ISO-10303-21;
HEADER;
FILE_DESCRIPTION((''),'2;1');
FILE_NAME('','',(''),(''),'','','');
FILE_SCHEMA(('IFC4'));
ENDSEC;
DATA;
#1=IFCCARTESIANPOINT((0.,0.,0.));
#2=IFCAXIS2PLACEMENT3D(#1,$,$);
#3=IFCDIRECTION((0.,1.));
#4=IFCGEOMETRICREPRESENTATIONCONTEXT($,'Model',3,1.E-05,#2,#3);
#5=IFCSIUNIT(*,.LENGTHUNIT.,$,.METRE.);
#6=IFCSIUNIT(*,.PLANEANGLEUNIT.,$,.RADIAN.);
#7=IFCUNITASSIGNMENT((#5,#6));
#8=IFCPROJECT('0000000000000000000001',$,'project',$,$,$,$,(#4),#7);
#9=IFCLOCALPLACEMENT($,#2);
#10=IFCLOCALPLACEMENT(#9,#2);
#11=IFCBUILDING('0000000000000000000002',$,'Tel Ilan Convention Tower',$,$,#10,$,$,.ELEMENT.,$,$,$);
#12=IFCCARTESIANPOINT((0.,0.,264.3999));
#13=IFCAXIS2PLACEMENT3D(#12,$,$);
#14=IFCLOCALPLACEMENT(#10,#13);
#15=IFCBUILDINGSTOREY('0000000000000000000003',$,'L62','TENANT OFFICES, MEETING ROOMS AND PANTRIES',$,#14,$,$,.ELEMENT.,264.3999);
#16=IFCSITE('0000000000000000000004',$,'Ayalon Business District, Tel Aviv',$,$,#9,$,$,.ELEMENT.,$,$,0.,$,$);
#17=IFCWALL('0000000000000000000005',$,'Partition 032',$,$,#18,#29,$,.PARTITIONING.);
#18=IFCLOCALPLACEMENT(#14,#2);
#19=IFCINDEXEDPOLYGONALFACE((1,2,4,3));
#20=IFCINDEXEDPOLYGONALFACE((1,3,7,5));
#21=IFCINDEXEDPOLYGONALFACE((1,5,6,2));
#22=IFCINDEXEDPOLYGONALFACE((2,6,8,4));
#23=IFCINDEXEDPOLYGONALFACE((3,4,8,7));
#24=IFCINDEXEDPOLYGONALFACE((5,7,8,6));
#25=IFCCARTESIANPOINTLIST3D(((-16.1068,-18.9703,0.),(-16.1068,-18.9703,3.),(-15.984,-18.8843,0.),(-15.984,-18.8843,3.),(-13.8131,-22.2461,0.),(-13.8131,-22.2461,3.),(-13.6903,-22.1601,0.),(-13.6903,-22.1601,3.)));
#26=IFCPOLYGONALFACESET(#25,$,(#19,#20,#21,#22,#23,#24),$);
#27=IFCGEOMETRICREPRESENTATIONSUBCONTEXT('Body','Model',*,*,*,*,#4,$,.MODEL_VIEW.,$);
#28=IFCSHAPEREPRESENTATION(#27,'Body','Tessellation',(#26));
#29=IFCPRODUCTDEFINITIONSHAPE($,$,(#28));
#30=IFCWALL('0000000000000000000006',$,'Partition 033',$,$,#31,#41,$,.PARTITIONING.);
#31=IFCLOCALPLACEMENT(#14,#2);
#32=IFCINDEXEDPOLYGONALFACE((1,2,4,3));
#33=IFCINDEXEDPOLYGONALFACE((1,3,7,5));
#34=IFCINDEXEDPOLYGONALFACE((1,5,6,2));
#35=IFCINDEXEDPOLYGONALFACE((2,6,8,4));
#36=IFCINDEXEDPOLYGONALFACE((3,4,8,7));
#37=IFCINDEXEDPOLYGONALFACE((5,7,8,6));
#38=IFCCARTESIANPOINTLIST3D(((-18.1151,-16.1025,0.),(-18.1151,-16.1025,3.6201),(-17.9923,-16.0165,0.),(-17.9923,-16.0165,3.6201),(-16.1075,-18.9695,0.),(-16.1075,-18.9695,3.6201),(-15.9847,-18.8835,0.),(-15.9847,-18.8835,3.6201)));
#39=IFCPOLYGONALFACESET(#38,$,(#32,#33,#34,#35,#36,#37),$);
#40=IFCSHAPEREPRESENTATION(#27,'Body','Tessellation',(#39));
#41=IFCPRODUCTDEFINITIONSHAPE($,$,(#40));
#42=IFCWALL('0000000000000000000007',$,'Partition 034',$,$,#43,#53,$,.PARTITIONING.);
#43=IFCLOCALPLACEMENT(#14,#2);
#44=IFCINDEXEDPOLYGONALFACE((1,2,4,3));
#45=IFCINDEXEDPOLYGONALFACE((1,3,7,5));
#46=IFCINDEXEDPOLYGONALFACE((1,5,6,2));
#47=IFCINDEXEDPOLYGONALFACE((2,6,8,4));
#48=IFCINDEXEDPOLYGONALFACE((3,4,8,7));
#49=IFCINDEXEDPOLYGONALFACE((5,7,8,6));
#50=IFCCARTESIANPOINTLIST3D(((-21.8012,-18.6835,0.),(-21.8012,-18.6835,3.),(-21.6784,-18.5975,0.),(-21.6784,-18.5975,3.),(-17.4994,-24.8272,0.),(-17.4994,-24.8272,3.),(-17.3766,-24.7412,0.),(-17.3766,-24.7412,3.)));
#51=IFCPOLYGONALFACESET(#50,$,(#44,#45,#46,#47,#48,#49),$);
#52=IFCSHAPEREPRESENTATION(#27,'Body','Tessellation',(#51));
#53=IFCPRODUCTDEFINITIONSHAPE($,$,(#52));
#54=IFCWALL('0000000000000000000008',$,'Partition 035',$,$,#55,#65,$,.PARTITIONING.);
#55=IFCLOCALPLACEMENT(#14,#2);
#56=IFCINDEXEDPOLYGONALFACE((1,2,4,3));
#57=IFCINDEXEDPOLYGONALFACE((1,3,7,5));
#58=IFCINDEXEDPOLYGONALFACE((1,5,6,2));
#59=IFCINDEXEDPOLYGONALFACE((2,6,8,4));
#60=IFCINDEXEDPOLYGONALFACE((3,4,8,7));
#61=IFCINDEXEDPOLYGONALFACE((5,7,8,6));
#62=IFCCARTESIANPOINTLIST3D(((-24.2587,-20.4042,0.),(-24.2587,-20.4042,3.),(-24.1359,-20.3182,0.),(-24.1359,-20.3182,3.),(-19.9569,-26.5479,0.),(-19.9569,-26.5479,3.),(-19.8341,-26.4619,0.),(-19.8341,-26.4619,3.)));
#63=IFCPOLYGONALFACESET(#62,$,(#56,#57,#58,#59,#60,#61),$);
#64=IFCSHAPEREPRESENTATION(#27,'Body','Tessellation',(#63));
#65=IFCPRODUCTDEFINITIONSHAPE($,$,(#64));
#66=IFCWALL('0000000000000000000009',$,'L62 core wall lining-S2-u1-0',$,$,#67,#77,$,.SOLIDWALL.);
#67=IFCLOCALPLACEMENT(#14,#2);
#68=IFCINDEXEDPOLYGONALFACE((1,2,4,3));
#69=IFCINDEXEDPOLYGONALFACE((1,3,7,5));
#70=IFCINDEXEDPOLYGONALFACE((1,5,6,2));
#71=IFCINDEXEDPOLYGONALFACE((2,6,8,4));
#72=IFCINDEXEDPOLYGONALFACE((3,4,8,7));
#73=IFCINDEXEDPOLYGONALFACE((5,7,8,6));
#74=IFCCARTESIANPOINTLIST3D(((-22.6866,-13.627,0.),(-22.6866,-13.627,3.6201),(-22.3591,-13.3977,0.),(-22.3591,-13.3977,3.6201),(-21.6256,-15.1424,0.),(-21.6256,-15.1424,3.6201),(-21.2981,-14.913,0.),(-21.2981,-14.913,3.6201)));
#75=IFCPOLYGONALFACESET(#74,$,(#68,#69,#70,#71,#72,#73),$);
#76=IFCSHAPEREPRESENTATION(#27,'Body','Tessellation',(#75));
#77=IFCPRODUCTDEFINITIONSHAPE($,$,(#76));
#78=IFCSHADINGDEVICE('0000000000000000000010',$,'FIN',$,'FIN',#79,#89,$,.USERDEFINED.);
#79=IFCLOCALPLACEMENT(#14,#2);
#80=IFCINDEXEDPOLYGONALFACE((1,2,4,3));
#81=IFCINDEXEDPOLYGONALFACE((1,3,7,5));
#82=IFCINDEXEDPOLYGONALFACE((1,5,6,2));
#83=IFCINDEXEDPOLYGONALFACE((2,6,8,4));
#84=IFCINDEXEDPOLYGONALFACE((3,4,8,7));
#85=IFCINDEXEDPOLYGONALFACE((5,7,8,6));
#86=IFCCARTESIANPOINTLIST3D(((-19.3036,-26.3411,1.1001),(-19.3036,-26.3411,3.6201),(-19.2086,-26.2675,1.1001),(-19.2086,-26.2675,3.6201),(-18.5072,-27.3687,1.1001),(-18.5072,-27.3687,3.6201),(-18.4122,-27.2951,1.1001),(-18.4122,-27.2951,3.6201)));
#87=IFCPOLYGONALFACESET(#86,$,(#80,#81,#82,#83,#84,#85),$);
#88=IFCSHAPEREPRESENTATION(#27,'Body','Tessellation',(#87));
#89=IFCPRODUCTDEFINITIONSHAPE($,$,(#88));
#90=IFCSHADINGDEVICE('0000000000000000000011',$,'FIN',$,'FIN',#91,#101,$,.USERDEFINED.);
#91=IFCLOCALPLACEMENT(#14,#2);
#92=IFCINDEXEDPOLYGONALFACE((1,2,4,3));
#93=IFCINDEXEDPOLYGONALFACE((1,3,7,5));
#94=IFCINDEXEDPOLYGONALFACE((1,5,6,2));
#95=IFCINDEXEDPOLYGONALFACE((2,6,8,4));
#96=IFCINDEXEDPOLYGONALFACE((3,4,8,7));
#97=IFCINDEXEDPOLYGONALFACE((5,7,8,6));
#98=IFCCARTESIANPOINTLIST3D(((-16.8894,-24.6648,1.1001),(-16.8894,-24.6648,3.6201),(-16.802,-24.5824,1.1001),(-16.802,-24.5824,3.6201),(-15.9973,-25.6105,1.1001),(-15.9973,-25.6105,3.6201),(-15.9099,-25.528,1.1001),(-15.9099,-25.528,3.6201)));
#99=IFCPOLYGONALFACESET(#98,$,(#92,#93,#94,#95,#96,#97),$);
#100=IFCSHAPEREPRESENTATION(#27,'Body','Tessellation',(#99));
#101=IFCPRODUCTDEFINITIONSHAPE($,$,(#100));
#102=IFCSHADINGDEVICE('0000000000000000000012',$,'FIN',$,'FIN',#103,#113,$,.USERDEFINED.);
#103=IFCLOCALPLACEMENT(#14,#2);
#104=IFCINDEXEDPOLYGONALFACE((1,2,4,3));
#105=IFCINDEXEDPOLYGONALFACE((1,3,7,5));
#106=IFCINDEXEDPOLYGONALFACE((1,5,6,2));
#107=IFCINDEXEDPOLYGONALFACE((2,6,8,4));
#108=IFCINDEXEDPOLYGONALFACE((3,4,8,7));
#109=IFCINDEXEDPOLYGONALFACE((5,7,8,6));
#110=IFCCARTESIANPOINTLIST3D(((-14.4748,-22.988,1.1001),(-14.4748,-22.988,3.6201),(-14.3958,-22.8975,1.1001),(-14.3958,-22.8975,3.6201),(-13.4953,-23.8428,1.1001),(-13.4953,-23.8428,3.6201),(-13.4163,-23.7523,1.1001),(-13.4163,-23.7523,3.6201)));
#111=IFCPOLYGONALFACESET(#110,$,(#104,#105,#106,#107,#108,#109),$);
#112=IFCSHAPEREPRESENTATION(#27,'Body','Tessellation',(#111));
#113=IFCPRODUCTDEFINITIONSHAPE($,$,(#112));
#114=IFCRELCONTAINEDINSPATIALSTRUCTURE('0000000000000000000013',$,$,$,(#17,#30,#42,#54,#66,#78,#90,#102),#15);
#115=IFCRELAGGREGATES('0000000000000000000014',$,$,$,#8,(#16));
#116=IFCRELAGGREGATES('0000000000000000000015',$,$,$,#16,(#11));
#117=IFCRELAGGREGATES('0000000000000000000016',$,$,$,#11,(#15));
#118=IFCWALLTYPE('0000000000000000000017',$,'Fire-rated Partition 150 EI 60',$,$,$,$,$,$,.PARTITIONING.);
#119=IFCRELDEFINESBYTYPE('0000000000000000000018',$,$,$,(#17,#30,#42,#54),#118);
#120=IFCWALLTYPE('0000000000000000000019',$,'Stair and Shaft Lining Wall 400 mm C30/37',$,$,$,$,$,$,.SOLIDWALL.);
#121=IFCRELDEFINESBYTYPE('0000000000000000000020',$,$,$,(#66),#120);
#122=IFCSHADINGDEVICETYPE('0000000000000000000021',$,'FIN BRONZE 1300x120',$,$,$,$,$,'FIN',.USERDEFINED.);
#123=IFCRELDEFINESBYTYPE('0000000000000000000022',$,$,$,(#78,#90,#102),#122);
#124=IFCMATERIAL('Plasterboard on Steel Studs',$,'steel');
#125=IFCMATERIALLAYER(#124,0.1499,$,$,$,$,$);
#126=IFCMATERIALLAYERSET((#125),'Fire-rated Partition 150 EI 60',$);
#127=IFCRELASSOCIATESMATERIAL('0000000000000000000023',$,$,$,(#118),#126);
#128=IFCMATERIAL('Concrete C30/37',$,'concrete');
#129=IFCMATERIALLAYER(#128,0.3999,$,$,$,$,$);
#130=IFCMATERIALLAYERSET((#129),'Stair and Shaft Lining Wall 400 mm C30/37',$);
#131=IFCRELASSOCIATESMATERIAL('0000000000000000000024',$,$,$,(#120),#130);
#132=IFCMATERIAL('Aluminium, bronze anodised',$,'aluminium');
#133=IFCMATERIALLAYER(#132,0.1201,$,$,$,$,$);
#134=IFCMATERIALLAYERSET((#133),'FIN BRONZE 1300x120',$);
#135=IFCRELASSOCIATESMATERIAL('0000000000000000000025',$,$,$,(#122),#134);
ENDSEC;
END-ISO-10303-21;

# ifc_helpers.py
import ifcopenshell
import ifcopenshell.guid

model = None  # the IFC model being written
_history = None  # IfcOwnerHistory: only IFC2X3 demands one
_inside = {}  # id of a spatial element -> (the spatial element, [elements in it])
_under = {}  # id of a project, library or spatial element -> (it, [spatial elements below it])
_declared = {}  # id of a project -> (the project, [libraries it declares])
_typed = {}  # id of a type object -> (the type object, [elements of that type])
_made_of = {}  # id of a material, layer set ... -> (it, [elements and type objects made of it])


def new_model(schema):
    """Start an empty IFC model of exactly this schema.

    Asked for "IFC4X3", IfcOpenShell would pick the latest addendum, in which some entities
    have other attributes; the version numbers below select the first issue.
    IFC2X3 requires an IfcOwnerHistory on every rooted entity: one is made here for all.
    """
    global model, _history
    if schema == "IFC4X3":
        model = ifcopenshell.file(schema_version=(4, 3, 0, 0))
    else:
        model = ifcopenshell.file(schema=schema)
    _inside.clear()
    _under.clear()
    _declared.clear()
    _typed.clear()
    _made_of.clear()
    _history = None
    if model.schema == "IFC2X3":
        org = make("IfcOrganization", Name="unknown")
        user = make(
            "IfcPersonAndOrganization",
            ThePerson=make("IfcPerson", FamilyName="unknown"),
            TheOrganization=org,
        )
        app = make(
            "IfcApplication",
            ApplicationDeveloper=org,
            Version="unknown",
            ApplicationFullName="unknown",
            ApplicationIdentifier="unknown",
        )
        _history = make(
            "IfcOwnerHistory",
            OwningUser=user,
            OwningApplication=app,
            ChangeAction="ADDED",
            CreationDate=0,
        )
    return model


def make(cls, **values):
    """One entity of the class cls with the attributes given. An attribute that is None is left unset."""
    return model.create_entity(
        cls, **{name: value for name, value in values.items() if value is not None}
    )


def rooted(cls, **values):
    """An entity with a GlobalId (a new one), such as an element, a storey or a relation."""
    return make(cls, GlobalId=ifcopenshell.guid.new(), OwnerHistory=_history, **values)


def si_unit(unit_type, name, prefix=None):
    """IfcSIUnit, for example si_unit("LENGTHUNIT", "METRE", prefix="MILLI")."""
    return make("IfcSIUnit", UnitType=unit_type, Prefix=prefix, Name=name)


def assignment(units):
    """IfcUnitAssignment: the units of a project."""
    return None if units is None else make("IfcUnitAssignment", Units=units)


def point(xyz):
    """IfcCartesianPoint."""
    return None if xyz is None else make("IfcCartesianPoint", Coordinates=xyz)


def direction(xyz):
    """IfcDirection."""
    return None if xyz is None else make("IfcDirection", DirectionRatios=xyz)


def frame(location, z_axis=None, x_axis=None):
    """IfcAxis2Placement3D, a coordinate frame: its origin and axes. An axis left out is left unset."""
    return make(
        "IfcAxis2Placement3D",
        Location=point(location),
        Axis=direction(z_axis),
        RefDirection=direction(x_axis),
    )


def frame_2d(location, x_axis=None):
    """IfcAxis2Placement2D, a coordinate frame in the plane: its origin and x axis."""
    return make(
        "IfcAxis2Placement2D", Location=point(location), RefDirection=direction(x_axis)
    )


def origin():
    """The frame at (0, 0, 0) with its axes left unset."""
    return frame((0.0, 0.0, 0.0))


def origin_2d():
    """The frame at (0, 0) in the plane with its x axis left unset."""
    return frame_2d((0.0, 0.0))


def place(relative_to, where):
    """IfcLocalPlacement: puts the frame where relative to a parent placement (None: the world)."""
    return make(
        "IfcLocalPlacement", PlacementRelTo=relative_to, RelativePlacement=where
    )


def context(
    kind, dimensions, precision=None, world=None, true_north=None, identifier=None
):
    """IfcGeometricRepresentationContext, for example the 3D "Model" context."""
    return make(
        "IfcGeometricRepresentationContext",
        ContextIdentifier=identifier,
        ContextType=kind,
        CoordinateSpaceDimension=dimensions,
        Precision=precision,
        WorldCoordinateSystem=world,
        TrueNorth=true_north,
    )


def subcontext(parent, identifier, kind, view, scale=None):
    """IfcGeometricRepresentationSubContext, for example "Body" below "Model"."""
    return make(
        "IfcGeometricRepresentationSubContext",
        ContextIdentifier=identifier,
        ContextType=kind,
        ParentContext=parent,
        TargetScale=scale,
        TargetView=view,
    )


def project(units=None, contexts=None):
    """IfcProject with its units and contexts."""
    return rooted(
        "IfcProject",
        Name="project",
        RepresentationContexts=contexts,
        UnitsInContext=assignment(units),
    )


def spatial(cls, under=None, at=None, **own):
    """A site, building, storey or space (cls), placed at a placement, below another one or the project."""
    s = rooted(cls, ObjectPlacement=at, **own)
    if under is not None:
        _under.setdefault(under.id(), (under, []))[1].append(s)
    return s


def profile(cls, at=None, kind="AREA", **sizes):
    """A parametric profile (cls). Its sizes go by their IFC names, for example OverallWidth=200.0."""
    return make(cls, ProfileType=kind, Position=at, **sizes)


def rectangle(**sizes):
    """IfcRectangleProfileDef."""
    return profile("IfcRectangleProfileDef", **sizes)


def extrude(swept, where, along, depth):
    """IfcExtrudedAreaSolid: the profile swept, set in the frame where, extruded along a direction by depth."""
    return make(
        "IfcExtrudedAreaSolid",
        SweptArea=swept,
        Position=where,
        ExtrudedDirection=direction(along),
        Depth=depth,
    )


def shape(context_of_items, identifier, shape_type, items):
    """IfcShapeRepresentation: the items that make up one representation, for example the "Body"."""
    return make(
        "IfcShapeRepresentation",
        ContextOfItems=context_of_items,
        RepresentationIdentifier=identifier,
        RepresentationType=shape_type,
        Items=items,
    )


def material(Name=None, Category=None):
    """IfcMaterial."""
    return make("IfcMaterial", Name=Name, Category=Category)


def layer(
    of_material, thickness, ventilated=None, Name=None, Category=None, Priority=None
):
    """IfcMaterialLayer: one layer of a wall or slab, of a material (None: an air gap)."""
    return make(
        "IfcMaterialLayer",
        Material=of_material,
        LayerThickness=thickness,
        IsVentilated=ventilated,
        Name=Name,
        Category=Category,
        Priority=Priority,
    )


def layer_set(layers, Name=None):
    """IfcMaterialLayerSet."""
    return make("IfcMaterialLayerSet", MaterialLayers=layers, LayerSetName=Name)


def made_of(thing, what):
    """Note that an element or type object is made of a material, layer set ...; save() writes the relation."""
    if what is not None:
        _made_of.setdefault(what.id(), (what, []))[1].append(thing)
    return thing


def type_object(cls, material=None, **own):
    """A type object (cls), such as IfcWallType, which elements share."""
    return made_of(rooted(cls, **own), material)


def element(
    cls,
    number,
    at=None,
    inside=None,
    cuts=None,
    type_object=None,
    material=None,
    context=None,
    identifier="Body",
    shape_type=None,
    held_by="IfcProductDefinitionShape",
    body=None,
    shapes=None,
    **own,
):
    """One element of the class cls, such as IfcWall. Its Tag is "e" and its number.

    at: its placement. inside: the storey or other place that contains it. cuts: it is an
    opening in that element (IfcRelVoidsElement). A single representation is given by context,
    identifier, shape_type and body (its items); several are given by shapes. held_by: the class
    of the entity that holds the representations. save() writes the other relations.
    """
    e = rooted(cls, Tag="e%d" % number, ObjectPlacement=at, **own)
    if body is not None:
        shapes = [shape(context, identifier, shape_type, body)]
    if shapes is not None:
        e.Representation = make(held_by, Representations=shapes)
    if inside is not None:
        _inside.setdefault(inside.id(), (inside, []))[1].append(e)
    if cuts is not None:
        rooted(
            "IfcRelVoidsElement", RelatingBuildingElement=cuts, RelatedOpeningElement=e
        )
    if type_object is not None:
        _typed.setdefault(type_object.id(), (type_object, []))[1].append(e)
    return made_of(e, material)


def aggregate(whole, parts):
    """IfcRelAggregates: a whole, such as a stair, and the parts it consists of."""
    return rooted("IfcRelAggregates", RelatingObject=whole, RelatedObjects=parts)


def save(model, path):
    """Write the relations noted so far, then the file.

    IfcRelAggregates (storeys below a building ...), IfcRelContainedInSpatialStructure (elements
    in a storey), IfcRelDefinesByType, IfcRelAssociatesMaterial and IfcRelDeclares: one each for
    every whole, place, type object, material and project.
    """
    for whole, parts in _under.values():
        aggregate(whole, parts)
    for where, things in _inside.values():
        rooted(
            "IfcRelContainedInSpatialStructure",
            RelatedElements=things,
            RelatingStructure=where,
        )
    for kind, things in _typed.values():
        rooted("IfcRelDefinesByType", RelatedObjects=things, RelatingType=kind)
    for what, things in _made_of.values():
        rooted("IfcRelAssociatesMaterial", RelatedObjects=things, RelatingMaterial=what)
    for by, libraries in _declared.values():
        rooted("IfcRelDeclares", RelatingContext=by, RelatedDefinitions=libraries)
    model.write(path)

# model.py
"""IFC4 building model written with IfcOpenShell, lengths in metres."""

from ifc_helpers import new_model, si_unit, direction, frame, frame_2d, origin, origin_2d, place, context, subcontext, project, spatial, rectangle, extrude, material, layer, layer_set, type_object, element, save


model = new_model("IFC4")

# Units and contexts
model_context = context("Model", 3, precision=1e-05, world=origin(), true_north=direction((0.0, 1.0)))
body_context = subcontext(model_context, "Body", "Model", "MODEL_VIEW")
ifc_project = project(units=[si_unit("LENGTHUNIT", "METRE"), si_unit("PLANEANGLEUNIT", "RADIAN")], contexts=[model_context])

# Site, building, storey
site_placement = place(None, origin())
site = spatial("IfcSite", under=ifc_project, at=site_placement, Name="Ayalon Business District, Tel Aviv", CompositionType="ELEMENT", RefElevation=0.0)
building_placement = place(site_placement, origin())
building = spatial("IfcBuilding", under=site, at=building_placement, Name="Tel Ilan Convention Tower", CompositionType="ELEMENT")
storey_placement = place(building_placement, frame((0.0, 0.0, 264.3999)))
storey = spatial("IfcBuildingStorey", under=building, at=storey_placement, Name="L62", Description="TENANT OFFICES, MEETING ROOMS AND PANTRIES", CompositionType="ELEMENT", Elevation=264.3999)

# Shared definitions
ifc_material_1 = material(Name="Plasterboard on Steel Studs", Category="steel")
ifc_layer_1 = layer(ifc_material_1, 0.1499)
ifc_layer_set_1 = layer_set([ifc_layer_1], Name="Fire-rated Partition 150 EI 60")
wall_type_1 = type_object("IfcWallType", Name="Fire-rated Partition 150 EI 60", PredefinedType="PARTITIONING", material=ifc_layer_set_1)

# Walls
wall_1_placement = place(storey_placement, frame((-13.7517, -22.2031, 0.0), z_axis=(0.0, 0.0, 1.0), x_axis=(-0.573561, 0.819163, 0.0)))
element("IfcWall", 1, at=wall_1_placement, inside=storey, type_object=wall_type_1, Name="Partition 032", PredefinedType="PARTITIONING", context=body_context, shape_type="SweptSolid", body=[
    extrude(rectangle(XDim=3.999, YDim=0.1499, at=frame_2d((1.9995, 0.0))), origin(), (0.0, 0.0, 1.0), 3.0),
])
wall_2_placement = place(storey_placement, frame((-16.0461, -18.9265, 0.0), z_axis=(0.0, 0.0, 1.0), x_axis=(-0.573598, 0.819137, 0.0)))
element("IfcWall", 2, at=wall_2_placement, inside=storey, type_object=wall_type_1, Name="Partition 033", PredefinedType="PARTITIONING", context=body_context, shape_type="SweptSolid", body=[
    extrude(rectangle(XDim=3.5, YDim=0.1499, at=frame_2d((1.75, 0.0))), origin(), (0.0, 0.0, 1.0), 3.6201),
])
for number, where, z_axis, x_axis, name in (
    (3, (-17.438, -24.7842, 0.0), (0.0, 0.0, 1.0), (-0.573576, 0.819152, 0.0), "Partition 034"),
    (4, (-19.8955, -26.5049, 0.0), (0.0, 0.0, 1.0), (-0.573576, 0.819152, 0.0), "Partition 035"),
):
    element("IfcWall", number, at=place(storey_placement, frame(where, z_axis=z_axis, x_axis=x_axis)), inside=storey, type_object=wall_type_1, Name=name, PredefinedType="PARTITIONING", context=body_context, shape_type="SweptSolid", body=[
        extrude(rectangle(XDim=7.5, YDim=0.1499, at=frame_2d((3.75, 0.0))), origin(), (0.0, 0.0, 1.0), 3.0),
    ])
ifc_material_2 = material(Name="Concrete C30/37", Category="concrete")
ifc_layer_2 = layer(ifc_material_2, 0.3999)
ifc_layer_set_2 = layer_set([ifc_layer_2], Name="Stair and Shaft Lining Wall 400 mm C30/37")
wall_type_2 = type_object("IfcWallType", Name="Stair and Shaft Lining Wall 400 mm C30/37", PredefinedType="SOLIDWALL", material=ifc_layer_set_2)
wall_3_placement = place(storey_placement, frame((-21.4619, -15.0276, 0.0), z_axis=(0.0, 0.0, 1.0), x_axis=(-0.57356, 0.819164, 0.0)))
element("IfcWall", 5, at=wall_3_placement, inside=storey, type_object=wall_type_2, Name="L62 core wall lining-S2-u1-0", PredefinedType="SOLIDWALL", context=body_context, shape_type="SweptSolid", body=[
    extrude(rectangle(XDim=1.8499, YDim=0.3999, at=frame_2d((0.9248, 0.0))), origin(), (0.0, 0.0, 1.0), 3.6201),
])

# Shading devices
ifc_material_3 = material(Name="Aluminium, bronze anodised", Category="aluminium")
ifc_layer_3 = layer(ifc_material_3, 0.1201)
ifc_layer_set_3 = layer_set([ifc_layer_3], Name="FIN BRONZE 1300x120")
shading_device_type = type_object("IfcShadingDeviceType", Name="FIN BRONZE 1300x120", ElementType="FIN", PredefinedType="USERDEFINED", material=ifc_layer_set_3)
for number, where, z_axis, x_axis, name in (
    (6, (-18.8579, -26.8181, 1.1001), (0.0, 0.0, 1.0), (0.612601, -0.790393, 0.0), "FIN"),
    (7, (-16.3997, -25.0964, 1.1001), (0.0, 0.0, 1.0), (0.686242, -0.727374, 0.0), "FIN"),
    (8, (-13.9456, -23.3701, 1.1001), (0.0, 0.0, 1.0), (0.753436, -0.657521, 0.0), "FIN"),
):
    element("IfcShadingDevice", number, at=place(storey_placement, frame(where, z_axis=z_axis, x_axis=x_axis)), inside=storey, type_object=shading_device_type, Name=name, ObjectType="FIN", PredefinedType="USERDEFINED", context=body_context, shape_type="SweptSolid", body=[
        extrude(rectangle(XDim=1.3, YDim=0.1201, at=origin_2d()), origin(), (0.0, 0.0, 1.0), 2.52),
    ])

save(model, "model.ifc")
